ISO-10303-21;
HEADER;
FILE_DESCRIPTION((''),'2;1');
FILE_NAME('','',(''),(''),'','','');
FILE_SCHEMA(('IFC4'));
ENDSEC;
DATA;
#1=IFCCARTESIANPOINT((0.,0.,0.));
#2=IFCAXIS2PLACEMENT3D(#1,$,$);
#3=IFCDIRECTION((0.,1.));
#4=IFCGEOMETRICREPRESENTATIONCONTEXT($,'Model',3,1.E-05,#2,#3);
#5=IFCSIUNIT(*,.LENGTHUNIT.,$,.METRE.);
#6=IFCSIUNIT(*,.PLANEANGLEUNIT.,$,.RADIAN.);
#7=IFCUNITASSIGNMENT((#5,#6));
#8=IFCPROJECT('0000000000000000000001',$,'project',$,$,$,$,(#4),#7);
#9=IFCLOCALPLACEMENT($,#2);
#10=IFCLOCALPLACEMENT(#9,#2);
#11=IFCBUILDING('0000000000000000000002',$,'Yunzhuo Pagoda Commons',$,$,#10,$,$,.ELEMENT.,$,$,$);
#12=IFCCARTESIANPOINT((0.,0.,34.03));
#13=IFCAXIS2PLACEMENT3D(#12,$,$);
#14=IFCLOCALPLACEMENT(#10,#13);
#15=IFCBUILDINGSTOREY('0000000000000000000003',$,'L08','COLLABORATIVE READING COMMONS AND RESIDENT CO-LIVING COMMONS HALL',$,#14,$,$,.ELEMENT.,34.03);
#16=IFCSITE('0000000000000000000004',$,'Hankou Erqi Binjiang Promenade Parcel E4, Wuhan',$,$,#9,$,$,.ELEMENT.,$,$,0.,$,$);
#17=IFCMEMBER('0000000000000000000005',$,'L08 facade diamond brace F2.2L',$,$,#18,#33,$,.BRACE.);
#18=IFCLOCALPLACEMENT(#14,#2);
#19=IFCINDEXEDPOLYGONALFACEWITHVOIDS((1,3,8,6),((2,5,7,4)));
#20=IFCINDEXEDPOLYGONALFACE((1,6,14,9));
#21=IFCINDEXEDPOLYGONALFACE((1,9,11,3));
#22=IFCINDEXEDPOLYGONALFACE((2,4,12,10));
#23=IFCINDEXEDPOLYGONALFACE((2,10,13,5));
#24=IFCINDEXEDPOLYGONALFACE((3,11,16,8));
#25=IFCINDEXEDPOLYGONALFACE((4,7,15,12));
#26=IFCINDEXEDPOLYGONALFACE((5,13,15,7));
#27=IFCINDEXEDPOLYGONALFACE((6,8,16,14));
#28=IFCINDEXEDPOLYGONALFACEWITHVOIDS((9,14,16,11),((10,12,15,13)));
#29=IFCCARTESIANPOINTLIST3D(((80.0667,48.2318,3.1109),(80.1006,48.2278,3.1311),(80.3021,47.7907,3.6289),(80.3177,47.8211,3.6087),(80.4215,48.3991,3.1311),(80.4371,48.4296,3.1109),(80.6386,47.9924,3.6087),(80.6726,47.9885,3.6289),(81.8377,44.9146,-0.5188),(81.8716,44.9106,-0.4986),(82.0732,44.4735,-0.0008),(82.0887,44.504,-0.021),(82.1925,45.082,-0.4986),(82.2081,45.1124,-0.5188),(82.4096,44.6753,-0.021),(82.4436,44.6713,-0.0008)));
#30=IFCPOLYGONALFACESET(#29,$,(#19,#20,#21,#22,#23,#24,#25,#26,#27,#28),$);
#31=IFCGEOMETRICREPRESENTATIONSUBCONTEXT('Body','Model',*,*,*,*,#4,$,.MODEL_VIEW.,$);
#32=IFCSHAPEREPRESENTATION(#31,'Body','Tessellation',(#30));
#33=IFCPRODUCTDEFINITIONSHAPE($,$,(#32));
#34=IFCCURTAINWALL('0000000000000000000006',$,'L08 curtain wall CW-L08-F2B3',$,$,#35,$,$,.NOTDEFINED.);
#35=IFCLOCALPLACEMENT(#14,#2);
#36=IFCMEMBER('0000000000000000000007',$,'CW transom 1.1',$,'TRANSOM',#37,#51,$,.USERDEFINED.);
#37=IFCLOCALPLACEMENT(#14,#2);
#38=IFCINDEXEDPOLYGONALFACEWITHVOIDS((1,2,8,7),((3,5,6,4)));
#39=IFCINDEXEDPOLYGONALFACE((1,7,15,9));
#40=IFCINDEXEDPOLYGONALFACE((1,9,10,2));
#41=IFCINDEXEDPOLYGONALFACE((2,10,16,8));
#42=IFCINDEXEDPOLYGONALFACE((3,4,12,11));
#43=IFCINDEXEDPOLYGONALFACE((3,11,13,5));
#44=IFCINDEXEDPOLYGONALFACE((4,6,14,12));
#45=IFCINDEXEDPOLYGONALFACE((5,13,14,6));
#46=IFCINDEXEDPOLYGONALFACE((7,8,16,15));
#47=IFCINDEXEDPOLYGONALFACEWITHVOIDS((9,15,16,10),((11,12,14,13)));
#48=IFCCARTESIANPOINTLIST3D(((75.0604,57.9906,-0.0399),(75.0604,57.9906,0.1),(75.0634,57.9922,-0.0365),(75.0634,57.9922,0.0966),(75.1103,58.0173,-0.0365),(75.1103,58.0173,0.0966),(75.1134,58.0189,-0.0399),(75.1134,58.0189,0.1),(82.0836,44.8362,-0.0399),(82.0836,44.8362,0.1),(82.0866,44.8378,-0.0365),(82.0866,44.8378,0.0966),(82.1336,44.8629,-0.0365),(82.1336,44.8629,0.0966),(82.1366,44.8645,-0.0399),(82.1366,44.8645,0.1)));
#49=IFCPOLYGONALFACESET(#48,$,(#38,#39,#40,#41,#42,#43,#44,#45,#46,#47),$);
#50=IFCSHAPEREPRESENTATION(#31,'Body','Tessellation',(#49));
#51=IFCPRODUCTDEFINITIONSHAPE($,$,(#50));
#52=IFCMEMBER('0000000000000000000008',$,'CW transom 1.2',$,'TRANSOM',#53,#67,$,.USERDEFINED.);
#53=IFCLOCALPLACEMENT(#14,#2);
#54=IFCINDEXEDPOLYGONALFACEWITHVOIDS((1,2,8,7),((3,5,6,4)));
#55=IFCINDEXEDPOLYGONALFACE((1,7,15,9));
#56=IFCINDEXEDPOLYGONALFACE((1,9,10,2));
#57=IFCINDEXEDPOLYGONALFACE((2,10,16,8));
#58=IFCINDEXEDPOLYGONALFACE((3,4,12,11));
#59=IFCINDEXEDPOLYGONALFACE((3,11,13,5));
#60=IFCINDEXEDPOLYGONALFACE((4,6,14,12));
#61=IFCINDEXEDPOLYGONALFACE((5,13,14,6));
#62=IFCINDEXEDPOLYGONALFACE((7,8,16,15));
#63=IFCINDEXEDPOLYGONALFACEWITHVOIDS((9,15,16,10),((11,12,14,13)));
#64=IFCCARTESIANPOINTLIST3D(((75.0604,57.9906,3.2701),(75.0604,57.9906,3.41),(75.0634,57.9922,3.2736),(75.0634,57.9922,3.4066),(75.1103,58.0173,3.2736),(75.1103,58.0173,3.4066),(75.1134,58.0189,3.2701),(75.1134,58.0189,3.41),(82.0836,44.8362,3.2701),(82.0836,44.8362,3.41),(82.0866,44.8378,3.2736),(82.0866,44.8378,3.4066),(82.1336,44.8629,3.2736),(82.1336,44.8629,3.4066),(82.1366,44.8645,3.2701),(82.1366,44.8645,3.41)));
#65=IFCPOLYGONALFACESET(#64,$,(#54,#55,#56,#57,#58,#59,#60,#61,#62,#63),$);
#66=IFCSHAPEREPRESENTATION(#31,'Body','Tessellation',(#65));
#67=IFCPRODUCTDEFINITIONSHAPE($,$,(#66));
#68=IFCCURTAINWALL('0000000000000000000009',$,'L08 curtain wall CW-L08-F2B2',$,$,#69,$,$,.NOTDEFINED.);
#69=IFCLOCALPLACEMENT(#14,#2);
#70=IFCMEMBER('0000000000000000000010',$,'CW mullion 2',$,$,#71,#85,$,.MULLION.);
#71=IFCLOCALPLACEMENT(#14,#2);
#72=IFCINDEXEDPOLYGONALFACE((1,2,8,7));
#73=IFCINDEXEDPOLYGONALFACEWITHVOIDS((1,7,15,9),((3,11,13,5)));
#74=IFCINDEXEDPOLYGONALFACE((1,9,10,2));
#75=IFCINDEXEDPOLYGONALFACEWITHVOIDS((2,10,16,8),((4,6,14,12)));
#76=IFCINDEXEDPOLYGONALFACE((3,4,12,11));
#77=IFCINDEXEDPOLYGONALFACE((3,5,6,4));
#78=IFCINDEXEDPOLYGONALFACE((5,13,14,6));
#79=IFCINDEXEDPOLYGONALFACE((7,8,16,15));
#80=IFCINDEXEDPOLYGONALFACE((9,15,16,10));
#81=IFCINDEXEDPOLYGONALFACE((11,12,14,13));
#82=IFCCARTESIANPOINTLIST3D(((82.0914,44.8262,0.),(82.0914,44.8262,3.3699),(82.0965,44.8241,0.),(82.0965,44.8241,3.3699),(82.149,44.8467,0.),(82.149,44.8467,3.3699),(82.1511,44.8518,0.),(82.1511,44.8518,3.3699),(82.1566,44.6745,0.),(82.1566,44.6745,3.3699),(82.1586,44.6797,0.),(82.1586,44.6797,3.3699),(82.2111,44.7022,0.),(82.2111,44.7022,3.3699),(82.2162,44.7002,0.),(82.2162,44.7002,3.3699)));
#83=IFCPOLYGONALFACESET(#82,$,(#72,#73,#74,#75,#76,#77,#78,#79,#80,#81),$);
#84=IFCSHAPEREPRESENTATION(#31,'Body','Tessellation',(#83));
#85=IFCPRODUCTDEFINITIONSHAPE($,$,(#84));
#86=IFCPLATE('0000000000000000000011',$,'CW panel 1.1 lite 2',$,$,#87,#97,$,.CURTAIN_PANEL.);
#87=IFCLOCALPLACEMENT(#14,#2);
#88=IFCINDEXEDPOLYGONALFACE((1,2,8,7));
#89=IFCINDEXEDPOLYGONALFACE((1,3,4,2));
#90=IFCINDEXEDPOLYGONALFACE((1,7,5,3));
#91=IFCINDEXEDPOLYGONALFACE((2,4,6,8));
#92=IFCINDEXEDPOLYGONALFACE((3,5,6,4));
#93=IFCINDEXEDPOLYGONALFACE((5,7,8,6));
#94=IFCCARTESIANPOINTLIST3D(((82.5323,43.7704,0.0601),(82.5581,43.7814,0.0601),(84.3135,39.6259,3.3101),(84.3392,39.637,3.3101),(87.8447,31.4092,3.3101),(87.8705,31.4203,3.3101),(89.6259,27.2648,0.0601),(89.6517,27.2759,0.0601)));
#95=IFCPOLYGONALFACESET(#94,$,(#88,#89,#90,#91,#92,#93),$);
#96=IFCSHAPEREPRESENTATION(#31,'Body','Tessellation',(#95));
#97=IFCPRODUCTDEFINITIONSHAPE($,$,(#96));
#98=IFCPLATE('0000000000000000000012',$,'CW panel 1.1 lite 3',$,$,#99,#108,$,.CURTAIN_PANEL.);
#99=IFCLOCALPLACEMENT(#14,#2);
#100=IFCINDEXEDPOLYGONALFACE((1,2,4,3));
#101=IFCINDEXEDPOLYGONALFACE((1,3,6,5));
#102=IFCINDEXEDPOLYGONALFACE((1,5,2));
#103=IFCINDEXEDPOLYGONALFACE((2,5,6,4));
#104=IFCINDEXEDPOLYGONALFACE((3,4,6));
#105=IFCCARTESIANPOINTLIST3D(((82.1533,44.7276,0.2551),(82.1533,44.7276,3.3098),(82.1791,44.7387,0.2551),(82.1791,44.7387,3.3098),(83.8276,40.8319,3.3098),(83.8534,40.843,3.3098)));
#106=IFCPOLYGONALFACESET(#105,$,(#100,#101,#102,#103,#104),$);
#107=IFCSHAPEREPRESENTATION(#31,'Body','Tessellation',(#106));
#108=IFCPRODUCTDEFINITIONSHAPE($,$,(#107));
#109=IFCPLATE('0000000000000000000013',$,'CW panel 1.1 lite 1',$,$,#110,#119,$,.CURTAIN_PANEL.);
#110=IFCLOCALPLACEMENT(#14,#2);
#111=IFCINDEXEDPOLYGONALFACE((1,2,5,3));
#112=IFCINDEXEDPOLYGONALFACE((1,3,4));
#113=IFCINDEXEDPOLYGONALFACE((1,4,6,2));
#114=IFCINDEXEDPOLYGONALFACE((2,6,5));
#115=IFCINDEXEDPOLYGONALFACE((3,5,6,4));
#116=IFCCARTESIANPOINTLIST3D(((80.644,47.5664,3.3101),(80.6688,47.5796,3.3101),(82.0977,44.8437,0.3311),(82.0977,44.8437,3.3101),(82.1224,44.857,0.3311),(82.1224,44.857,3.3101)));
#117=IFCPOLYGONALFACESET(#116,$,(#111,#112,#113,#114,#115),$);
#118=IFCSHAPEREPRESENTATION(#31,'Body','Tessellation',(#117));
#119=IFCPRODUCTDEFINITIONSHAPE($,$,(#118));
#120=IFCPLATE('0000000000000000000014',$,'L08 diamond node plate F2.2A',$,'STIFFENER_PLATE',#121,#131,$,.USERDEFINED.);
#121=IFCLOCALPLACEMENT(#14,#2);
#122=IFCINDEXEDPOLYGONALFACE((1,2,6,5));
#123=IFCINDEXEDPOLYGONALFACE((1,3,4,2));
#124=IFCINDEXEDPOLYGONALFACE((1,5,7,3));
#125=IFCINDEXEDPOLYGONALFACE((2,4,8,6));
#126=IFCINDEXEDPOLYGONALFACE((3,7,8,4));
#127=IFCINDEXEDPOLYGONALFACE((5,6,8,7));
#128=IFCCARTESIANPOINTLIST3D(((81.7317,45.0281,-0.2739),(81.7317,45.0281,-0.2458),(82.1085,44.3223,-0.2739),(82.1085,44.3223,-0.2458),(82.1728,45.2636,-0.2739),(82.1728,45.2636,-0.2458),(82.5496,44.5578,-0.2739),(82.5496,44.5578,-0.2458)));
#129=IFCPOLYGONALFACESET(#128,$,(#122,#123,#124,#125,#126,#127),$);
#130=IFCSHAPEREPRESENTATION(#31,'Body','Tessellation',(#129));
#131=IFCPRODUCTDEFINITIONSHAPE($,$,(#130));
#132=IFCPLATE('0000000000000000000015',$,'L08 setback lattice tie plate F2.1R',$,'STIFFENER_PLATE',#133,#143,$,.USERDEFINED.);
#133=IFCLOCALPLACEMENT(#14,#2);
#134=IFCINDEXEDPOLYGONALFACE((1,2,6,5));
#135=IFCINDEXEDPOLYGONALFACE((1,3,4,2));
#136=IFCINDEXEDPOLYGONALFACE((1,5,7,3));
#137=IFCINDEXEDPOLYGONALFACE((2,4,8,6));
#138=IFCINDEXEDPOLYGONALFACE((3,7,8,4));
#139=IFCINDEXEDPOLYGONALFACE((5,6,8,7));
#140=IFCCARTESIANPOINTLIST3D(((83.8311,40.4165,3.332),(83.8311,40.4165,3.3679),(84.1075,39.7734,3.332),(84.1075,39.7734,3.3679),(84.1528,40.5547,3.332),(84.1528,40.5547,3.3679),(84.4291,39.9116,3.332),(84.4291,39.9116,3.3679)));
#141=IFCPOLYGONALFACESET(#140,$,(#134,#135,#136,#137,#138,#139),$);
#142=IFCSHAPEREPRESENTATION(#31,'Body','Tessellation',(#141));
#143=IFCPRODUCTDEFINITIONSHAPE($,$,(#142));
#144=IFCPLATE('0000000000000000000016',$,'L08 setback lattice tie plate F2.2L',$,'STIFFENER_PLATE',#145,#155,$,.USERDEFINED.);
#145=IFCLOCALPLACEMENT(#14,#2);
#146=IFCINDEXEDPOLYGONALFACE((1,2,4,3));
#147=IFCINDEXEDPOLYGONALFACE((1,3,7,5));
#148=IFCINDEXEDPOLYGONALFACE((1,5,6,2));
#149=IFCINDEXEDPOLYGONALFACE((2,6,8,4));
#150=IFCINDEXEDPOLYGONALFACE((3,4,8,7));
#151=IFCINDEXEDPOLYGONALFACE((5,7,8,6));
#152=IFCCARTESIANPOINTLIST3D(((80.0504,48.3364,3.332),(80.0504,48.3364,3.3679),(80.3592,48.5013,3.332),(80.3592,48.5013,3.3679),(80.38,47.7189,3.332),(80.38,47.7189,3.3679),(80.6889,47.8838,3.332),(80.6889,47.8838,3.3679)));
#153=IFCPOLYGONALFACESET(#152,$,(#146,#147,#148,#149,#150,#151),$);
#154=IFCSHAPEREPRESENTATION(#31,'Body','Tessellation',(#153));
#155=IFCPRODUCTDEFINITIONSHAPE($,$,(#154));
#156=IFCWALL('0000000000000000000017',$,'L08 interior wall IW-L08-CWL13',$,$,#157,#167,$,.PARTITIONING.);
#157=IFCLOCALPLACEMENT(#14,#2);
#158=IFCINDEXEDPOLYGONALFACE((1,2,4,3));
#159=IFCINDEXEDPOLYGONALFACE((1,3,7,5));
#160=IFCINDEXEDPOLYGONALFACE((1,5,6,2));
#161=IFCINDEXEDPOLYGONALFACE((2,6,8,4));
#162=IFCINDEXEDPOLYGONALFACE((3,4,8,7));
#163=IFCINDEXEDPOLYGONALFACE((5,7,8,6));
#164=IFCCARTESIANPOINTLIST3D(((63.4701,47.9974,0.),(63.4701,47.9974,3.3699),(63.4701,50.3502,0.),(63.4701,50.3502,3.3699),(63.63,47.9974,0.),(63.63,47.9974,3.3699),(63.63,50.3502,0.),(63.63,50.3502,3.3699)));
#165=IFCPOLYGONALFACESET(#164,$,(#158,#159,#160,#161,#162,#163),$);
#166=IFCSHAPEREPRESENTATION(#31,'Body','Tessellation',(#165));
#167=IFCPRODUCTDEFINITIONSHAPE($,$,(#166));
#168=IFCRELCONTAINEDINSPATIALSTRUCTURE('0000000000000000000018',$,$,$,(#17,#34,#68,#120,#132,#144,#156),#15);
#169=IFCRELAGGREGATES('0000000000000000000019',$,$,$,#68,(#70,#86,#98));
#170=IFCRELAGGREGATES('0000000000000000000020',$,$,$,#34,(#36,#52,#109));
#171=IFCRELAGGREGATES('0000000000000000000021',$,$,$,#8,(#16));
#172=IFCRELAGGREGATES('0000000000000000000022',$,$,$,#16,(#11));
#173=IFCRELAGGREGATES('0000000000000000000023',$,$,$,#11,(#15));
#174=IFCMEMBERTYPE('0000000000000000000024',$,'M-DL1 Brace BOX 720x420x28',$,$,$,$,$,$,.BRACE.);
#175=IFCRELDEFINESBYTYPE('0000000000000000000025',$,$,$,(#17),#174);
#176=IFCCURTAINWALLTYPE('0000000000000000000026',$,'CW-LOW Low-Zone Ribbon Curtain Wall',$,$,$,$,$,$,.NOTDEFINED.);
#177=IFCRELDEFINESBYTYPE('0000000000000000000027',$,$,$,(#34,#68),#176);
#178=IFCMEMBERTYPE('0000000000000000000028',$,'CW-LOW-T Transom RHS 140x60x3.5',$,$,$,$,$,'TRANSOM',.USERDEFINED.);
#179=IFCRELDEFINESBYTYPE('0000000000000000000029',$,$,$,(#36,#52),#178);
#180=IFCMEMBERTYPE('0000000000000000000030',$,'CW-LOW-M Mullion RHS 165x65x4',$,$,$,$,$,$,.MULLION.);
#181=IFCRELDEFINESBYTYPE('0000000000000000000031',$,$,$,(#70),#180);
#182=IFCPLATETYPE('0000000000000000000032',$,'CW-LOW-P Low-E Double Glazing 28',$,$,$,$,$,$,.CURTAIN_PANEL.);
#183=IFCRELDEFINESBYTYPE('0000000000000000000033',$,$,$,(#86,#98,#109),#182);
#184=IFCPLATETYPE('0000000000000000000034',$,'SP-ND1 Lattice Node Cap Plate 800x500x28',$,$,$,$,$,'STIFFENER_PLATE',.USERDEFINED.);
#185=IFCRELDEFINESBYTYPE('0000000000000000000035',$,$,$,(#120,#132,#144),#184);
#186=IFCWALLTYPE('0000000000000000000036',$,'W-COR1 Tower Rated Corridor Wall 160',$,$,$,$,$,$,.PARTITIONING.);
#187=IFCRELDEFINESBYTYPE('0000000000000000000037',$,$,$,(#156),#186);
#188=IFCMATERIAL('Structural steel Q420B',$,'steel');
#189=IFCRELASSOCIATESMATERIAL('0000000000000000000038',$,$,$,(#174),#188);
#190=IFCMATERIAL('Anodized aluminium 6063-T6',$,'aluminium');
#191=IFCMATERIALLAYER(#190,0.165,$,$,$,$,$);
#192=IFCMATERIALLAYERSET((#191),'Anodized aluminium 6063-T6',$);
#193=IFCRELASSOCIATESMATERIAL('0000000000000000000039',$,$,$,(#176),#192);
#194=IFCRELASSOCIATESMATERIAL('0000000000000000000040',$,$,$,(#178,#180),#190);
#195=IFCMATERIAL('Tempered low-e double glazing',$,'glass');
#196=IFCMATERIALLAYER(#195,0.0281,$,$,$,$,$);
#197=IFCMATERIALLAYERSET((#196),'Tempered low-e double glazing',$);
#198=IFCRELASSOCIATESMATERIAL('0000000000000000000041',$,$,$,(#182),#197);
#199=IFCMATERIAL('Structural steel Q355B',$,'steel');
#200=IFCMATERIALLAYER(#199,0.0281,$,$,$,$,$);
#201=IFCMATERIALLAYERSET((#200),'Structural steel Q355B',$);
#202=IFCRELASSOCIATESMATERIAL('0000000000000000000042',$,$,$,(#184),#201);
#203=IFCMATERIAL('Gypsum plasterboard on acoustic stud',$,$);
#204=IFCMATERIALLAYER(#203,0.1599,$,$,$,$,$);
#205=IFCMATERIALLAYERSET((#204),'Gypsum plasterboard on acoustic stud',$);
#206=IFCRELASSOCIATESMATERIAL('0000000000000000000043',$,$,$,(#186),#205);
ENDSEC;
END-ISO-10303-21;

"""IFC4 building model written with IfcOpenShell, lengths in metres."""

from ifc_helpers import new_model, si_unit, direction, frame, frame_2d, origin, origin_2d, place, context, subcontext, project, spatial, polyline, rectangle, hollow_rectangle, outline, extrude, source, transform, mapped, material, layer, layer_set, material_profile, profile_set, type_object, element, aggregate, save


model = new_model("IFC4")

# Units and contexts
model_context = context("Model", 3, precision=1e-05, world=origin(), true_north=direction((0.0, 1.0)))
body_context = subcontext(model_context, "Body", "Model", "MODEL_VIEW")
ifc_project = project(units=[si_unit("LENGTHUNIT", "METRE"), si_unit("PLANEANGLEUNIT", "RADIAN")], contexts=[model_context])

# Site, building, storey
site_placement = place(None, origin())
site = spatial("IfcSite", under=ifc_project, at=site_placement, Name="Hankou Erqi Binjiang Promenade Parcel E4, Wuhan", CompositionType="ELEMENT", RefElevation=0.0)
building_placement = place(site_placement, origin())
building = spatial("IfcBuilding", under=site, at=building_placement, Name="Yunzhuo Pagoda Commons", CompositionType="ELEMENT")
storey_placement = place(building_placement, frame((0.0, 0.0, 34.03)))
storey = spatial("IfcBuildingStorey", under=building, at=storey_placement, Name="L08", Description="COLLABORATIVE READING COMMONS AND RESIDENT CO-LIVING COMMONS HALL", CompositionType="ELEMENT", Elevation=34.03)

# Shared definitions
ifc_material_1 = material(Name="Structural steel Q420B", Category="steel")

# Shared definitions
ifc_material_2 = material(Name="Structural steel Q355B", Category="steel")

# Member
ifc_material_profile_1 = material_profile(ifc_material_1, hollow_rectangle(XDim=0.4199, YDim=0.72, WallThickness=0.0281, at=origin_2d()), Name="Structural steel Q420B")
ifc_profile_set_1 = profile_set([ifc_material_profile_1], Name="Structural steel Q420B")
member_type_1 = type_object("IfcMemberType", Name="M-DL1 Brace BOX 720x420x28", PredefinedType="BRACE", material=ifc_profile_set_1)
shared_shape_1 = source(origin(), body_context, "Body", "SweptSolid", [
    extrude(hollow_rectangle(XDim=0.4199, YDim=0.72, WallThickness=0.0281, at=origin_2d()), origin(), (0.0, 0.0, 1.0), 5.2263),
])
member_1_placement = place(storey_placement, frame((82.1406, 44.793, -0.2598), z_axis=(-0.338863, 0.634702, 0.694496), x_axis=(-0.882148, -0.470972, 0.0)))
element("IfcMember", 1, at=member_1_placement, inside=storey, type_object=member_type_1, Name="L08 facade diamond brace F2.2L", PredefinedType="BRACE", context=body_context, shape_type="MappedRepresentation", body=[
    mapped(shared_shape_1, transform((0.0, 0.0, 0.0), scale=1.0)),
])

# Curtain wall, members
ifc_material_3 = material(Name="Anodized aluminium 6063-T6", Category="aluminium")
ifc_layer_1 = layer(ifc_material_3, 0.165)
ifc_layer_set_1 = layer_set([ifc_layer_1], Name="Anodized aluminium 6063-T6")
curtain_wall_type = type_object("IfcCurtainWallType", Name="CW-LOW Low-Zone Ribbon Curtain Wall", PredefinedType="NOTDEFINED", material=ifc_layer_set_1)
curtain_wall_1_placement = place(storey_placement, origin())
curtain_wall_1 = element("IfcCurtainWall", 2, at=curtain_wall_1_placement, inside=storey, type_object=curtain_wall_type, Name="L08 curtain wall CW-L08-F2B3", PredefinedType="NOTDEFINED")
ifc_material_profile_2 = material_profile(ifc_material_3, hollow_rectangle(XDim=0.0601, YDim=0.1399, WallThickness=0.0034, at=origin_2d()), Name="Anodized aluminium 6063-T6")
ifc_profile_set_2 = profile_set([ifc_material_profile_2], Name="Anodized aluminium 6063-T6")
member_type_2 = type_object("IfcMemberType", Name="CW-LOW-T Transom RHS 140x60x3.5", ElementType="TRANSOM", PredefinedType="USERDEFINED", material=ifc_profile_set_2)
shared_shape_2 = source(origin(), body_context, "Body", "SweptSolid", [
    extrude(hollow_rectangle(XDim=0.0601, YDim=0.1399, WallThickness=0.0034, at=origin_2d()), origin(), (0.0, 0.0, 1.0), 14.9119),
])
member_2_placement = place(storey_placement, frame((82.1101, 44.8503, 0.03), z_axis=(-0.470983, 0.882142, 0.0), x_axis=(-0.882142, -0.470983, 0.0)))
member_2 = element("IfcMember", 3, at=member_2_placement, type_object=member_type_2, Name="CW transom 1.1", ObjectType="TRANSOM", PredefinedType="USERDEFINED", context=body_context, shape_type="MappedRepresentation", body=[
    mapped(shared_shape_2, transform((0.0, 0.0, 0.0), scale=1.0)),
])
member_3_placement = place(storey_placement, frame((82.1101, 44.8503, 3.3401), z_axis=(-0.470983, 0.882142, 0.0), x_axis=(-0.882142, -0.470983, 0.0)))
member_3 = element("IfcMember", 4, at=member_3_placement, type_object=member_type_2, Name="CW transom 1.2", ObjectType="TRANSOM", PredefinedType="USERDEFINED", context=body_context, shape_type="MappedRepresentation", body=[
    mapped(shared_shape_2, transform((0.0, 0.0, 0.0), scale=1.0)),
])

# Curtain wall, member, plates
curtain_wall_2_placement = place(storey_placement, origin())
curtain_wall_2 = element("IfcCurtainWall", 5, at=curtain_wall_2_placement, inside=storey, type_object=curtain_wall_type, Name="L08 curtain wall CW-L08-F2B2", PredefinedType="NOTDEFINED")
ifc_material_profile_3 = material_profile(ifc_material_3, hollow_rectangle(XDim=0.0649, YDim=0.165, WallThickness=0.0039, at=origin_2d()), Name="Anodized aluminium 6063-T6")
ifc_profile_set_3 = profile_set([ifc_material_profile_3], Name="Anodized aluminium 6063-T6")
member_type_3 = type_object("IfcMemberType", Name="CW-LOW-M Mullion RHS 165x65x4", PredefinedType="MULLION", material=ifc_profile_set_3)
shared_shape_3 = source(origin(), body_context, "Body", "SweptSolid", [
    extrude(hollow_rectangle(XDim=0.0649, YDim=0.165, WallThickness=0.0039, at=origin_2d()), origin(), (0.0, 0.0, 1.0), 3.3699),
])
member_4_placement = place(storey_placement, frame((82.1538, 44.7632, 0.0), z_axis=(0.0, 0.0, 1.0), x_axis=(-0.918745, -0.394851, 0.0)))
member_4 = element("IfcMember", 6, at=member_4_placement, type_object=member_type_3, Name="CW mullion 2", PredefinedType="MULLION", context=body_context, shape_type="MappedRepresentation", body=[
    mapped(shared_shape_3, transform((0.0, 0.0, 0.0), scale=1.0)),
])
ifc_material_4 = material(Name="Tempered low-e double glazing", Category="glass")
ifc_layer_2 = layer(ifc_material_4, 0.0281)
ifc_layer_set_2 = layer_set([ifc_layer_2], Name="Tempered low-e double glazing")
plate_type_1 = type_object("IfcPlateType", Name="CW-LOW-P Low-E Double Glazing 28", PredefinedType="CURTAIN_PANEL", material=ifc_layer_set_2)
plate_1_placement = place(storey_placement, frame((86.0791, 35.5176, 1.6851), z_axis=(0.918745, 0.394851, 0.0), x_axis=(-0.394851, 0.918745, 0.0)))
plate_1 = element("IfcPlate", 7, at=plate_1_placement, type_object=plate_type_1, Name="CW panel 1.1 lite 2", PredefinedType="CURTAIN_PANEL", context=body_context, shape_type="SweptSolid", body=[
    extrude(outline(polyline([(-8.9827, -1.625), (8.9827, -1.625), (4.4717, 1.625), (-4.4717, 1.625), (-8.9827, -1.625)])), origin(), (0.0, 0.0, 1.0), 0.0281),
])
plate_2_placement = place(storey_placement, frame((82.9905, 42.7798, 1.7825), z_axis=(0.918745, 0.394851, 0.0), x_axis=(-0.394851, 0.918745, 0.0)))
plate_2 = element("IfcPlate", 8, at=plate_2_placement, type_object=plate_type_1, Name="CW panel 1.1 lite 3", PredefinedType="CURTAIN_PANEL", context=body_context, shape_type="SweptSolid", body=[
    extrude(outline(polyline([(-2.1201, 1.5273), (2.1201, -1.5273), (2.1201, 1.5273), (-2.1201, 1.5273)])), origin(), (0.0, 0.0, 1.0), 0.0281),
])
aggregate(curtain_wall_2, [member_4, plate_1, plate_2])

# Plate
plate_3_placement = place(storey_placement, frame((81.3708, 46.2051, 1.8206), z_axis=(0.882141, 0.470985, 0.0), x_axis=(-0.470985, 0.882141, 0.0)))
plate_3 = element("IfcPlate", 9, at=plate_3_placement, type_object=plate_type_1, Name="CW panel 1.1 lite 1", PredefinedType="CURTAIN_PANEL", context=body_context, shape_type="SweptSolid", body=[
    extrude(outline(polyline([(-1.5432, -1.4895), (1.5432, 1.4895), (-1.5432, 1.4895), (-1.5432, -1.4895)])), origin(), (0.0, 0.0, 1.0), 0.0281),
])
aggregate(curtain_wall_1, [member_2, member_3, plate_3])

# Plates
ifc_layer_3 = layer(ifc_material_2, 0.0281)
ifc_layer_set_3 = layer_set([ifc_layer_3], Name="Structural steel Q355B")
plate_type_2 = type_object("IfcPlateType", Name="SP-ND1 Lattice Node Cap Plate 800x500x28", ElementType="STIFFENER_PLATE", PredefinedType="USERDEFINED", material=ifc_layer_set_3)
shared_shape_4 = source(origin(), body_context, "Body", "SweptSolid", [
    extrude(rectangle(XDim=0.8, YDim=0.5, at=origin_2d()), origin(), (0.0, 0.0, 1.0), 0.0281),
])
plate_4_placement = place(storey_placement, frame((82.1406, 44.793, -0.2739), z_axis=(0.0, 0.0, 1.0), x_axis=(-0.470981, 0.882143, 0.0)))
element("IfcPlate", 10, at=plate_4_placement, inside=storey, type_object=plate_type_2, Name="L08 diamond node plate F2.2A", ObjectType="STIFFENER_PLATE", PredefinedType="USERDEFINED", context=body_context, shape_type="MappedRepresentation", body=[
    mapped(shared_shape_4, transform((0.0, 0.0, 0.0), scale=1.0)),
])
shared_shape_5 = source(origin(), body_context, "Body", "SweptSolid", [
    extrude(rectangle(XDim=0.7, YDim=0.3501, at=origin_2d()), origin(), (0.0, 0.0, 1.0), 0.0359),
])
for number, where, z_axis, x_axis, name in (
    (11, (84.1301, 40.1641, 3.332), (0.0, 0.0, 1.0), (-0.394856, 0.918743, 0.0), "L08 setback lattice tie plate F2.1R"),
    (12, (80.3696, 48.1101, 3.332), (0.0, 0.0, 1.0), (-0.470981, 0.882143, 0.0), "L08 setback lattice tie plate F2.2L"),
):
    element("IfcPlate", number, at=place(storey_placement, frame(where, z_axis=z_axis, x_axis=x_axis)), inside=storey, type_object=plate_type_2, Name=name, ObjectType="STIFFENER_PLATE", PredefinedType="USERDEFINED", context=body_context, shape_type="MappedRepresentation", body=[
        mapped(shared_shape_5, transform((0.0, 0.0, 0.0), scale=1.0)),
    ])

# Wall
ifc_material_5 = material(Name="Gypsum plasterboard on acoustic stud")
ifc_layer_4 = layer(ifc_material_5, 0.1599)
ifc_layer_set_4 = layer_set([ifc_layer_4], Name="Gypsum plasterboard on acoustic stud")
wall_type_1 = type_object("IfcWallType", Name="W-COR1 Tower Rated Corridor Wall 160", PredefinedType="PARTITIONING", material=ifc_layer_set_4)
wall_1_placement = place(storey_placement, frame((63.55, 50.3501, 0.0), z_axis=(0.0, 0.0, 1.0), x_axis=(0.0, -1.0, 0.0)))
element("IfcWall", 13, at=wall_1_placement, inside=storey, type_object=wall_type_1, Name="L08 interior wall IW-L08-CWL13", PredefinedType="PARTITIONING", context=body_context, shape_type="SweptSolid", body=[
    extrude(rectangle(XDim=2.3528, YDim=0.1599, at=frame_2d((1.1763, 0.0))), origin(), (0.0, 0.0, 1.0), 3.3699),
])

save(model, "model.ifc")
